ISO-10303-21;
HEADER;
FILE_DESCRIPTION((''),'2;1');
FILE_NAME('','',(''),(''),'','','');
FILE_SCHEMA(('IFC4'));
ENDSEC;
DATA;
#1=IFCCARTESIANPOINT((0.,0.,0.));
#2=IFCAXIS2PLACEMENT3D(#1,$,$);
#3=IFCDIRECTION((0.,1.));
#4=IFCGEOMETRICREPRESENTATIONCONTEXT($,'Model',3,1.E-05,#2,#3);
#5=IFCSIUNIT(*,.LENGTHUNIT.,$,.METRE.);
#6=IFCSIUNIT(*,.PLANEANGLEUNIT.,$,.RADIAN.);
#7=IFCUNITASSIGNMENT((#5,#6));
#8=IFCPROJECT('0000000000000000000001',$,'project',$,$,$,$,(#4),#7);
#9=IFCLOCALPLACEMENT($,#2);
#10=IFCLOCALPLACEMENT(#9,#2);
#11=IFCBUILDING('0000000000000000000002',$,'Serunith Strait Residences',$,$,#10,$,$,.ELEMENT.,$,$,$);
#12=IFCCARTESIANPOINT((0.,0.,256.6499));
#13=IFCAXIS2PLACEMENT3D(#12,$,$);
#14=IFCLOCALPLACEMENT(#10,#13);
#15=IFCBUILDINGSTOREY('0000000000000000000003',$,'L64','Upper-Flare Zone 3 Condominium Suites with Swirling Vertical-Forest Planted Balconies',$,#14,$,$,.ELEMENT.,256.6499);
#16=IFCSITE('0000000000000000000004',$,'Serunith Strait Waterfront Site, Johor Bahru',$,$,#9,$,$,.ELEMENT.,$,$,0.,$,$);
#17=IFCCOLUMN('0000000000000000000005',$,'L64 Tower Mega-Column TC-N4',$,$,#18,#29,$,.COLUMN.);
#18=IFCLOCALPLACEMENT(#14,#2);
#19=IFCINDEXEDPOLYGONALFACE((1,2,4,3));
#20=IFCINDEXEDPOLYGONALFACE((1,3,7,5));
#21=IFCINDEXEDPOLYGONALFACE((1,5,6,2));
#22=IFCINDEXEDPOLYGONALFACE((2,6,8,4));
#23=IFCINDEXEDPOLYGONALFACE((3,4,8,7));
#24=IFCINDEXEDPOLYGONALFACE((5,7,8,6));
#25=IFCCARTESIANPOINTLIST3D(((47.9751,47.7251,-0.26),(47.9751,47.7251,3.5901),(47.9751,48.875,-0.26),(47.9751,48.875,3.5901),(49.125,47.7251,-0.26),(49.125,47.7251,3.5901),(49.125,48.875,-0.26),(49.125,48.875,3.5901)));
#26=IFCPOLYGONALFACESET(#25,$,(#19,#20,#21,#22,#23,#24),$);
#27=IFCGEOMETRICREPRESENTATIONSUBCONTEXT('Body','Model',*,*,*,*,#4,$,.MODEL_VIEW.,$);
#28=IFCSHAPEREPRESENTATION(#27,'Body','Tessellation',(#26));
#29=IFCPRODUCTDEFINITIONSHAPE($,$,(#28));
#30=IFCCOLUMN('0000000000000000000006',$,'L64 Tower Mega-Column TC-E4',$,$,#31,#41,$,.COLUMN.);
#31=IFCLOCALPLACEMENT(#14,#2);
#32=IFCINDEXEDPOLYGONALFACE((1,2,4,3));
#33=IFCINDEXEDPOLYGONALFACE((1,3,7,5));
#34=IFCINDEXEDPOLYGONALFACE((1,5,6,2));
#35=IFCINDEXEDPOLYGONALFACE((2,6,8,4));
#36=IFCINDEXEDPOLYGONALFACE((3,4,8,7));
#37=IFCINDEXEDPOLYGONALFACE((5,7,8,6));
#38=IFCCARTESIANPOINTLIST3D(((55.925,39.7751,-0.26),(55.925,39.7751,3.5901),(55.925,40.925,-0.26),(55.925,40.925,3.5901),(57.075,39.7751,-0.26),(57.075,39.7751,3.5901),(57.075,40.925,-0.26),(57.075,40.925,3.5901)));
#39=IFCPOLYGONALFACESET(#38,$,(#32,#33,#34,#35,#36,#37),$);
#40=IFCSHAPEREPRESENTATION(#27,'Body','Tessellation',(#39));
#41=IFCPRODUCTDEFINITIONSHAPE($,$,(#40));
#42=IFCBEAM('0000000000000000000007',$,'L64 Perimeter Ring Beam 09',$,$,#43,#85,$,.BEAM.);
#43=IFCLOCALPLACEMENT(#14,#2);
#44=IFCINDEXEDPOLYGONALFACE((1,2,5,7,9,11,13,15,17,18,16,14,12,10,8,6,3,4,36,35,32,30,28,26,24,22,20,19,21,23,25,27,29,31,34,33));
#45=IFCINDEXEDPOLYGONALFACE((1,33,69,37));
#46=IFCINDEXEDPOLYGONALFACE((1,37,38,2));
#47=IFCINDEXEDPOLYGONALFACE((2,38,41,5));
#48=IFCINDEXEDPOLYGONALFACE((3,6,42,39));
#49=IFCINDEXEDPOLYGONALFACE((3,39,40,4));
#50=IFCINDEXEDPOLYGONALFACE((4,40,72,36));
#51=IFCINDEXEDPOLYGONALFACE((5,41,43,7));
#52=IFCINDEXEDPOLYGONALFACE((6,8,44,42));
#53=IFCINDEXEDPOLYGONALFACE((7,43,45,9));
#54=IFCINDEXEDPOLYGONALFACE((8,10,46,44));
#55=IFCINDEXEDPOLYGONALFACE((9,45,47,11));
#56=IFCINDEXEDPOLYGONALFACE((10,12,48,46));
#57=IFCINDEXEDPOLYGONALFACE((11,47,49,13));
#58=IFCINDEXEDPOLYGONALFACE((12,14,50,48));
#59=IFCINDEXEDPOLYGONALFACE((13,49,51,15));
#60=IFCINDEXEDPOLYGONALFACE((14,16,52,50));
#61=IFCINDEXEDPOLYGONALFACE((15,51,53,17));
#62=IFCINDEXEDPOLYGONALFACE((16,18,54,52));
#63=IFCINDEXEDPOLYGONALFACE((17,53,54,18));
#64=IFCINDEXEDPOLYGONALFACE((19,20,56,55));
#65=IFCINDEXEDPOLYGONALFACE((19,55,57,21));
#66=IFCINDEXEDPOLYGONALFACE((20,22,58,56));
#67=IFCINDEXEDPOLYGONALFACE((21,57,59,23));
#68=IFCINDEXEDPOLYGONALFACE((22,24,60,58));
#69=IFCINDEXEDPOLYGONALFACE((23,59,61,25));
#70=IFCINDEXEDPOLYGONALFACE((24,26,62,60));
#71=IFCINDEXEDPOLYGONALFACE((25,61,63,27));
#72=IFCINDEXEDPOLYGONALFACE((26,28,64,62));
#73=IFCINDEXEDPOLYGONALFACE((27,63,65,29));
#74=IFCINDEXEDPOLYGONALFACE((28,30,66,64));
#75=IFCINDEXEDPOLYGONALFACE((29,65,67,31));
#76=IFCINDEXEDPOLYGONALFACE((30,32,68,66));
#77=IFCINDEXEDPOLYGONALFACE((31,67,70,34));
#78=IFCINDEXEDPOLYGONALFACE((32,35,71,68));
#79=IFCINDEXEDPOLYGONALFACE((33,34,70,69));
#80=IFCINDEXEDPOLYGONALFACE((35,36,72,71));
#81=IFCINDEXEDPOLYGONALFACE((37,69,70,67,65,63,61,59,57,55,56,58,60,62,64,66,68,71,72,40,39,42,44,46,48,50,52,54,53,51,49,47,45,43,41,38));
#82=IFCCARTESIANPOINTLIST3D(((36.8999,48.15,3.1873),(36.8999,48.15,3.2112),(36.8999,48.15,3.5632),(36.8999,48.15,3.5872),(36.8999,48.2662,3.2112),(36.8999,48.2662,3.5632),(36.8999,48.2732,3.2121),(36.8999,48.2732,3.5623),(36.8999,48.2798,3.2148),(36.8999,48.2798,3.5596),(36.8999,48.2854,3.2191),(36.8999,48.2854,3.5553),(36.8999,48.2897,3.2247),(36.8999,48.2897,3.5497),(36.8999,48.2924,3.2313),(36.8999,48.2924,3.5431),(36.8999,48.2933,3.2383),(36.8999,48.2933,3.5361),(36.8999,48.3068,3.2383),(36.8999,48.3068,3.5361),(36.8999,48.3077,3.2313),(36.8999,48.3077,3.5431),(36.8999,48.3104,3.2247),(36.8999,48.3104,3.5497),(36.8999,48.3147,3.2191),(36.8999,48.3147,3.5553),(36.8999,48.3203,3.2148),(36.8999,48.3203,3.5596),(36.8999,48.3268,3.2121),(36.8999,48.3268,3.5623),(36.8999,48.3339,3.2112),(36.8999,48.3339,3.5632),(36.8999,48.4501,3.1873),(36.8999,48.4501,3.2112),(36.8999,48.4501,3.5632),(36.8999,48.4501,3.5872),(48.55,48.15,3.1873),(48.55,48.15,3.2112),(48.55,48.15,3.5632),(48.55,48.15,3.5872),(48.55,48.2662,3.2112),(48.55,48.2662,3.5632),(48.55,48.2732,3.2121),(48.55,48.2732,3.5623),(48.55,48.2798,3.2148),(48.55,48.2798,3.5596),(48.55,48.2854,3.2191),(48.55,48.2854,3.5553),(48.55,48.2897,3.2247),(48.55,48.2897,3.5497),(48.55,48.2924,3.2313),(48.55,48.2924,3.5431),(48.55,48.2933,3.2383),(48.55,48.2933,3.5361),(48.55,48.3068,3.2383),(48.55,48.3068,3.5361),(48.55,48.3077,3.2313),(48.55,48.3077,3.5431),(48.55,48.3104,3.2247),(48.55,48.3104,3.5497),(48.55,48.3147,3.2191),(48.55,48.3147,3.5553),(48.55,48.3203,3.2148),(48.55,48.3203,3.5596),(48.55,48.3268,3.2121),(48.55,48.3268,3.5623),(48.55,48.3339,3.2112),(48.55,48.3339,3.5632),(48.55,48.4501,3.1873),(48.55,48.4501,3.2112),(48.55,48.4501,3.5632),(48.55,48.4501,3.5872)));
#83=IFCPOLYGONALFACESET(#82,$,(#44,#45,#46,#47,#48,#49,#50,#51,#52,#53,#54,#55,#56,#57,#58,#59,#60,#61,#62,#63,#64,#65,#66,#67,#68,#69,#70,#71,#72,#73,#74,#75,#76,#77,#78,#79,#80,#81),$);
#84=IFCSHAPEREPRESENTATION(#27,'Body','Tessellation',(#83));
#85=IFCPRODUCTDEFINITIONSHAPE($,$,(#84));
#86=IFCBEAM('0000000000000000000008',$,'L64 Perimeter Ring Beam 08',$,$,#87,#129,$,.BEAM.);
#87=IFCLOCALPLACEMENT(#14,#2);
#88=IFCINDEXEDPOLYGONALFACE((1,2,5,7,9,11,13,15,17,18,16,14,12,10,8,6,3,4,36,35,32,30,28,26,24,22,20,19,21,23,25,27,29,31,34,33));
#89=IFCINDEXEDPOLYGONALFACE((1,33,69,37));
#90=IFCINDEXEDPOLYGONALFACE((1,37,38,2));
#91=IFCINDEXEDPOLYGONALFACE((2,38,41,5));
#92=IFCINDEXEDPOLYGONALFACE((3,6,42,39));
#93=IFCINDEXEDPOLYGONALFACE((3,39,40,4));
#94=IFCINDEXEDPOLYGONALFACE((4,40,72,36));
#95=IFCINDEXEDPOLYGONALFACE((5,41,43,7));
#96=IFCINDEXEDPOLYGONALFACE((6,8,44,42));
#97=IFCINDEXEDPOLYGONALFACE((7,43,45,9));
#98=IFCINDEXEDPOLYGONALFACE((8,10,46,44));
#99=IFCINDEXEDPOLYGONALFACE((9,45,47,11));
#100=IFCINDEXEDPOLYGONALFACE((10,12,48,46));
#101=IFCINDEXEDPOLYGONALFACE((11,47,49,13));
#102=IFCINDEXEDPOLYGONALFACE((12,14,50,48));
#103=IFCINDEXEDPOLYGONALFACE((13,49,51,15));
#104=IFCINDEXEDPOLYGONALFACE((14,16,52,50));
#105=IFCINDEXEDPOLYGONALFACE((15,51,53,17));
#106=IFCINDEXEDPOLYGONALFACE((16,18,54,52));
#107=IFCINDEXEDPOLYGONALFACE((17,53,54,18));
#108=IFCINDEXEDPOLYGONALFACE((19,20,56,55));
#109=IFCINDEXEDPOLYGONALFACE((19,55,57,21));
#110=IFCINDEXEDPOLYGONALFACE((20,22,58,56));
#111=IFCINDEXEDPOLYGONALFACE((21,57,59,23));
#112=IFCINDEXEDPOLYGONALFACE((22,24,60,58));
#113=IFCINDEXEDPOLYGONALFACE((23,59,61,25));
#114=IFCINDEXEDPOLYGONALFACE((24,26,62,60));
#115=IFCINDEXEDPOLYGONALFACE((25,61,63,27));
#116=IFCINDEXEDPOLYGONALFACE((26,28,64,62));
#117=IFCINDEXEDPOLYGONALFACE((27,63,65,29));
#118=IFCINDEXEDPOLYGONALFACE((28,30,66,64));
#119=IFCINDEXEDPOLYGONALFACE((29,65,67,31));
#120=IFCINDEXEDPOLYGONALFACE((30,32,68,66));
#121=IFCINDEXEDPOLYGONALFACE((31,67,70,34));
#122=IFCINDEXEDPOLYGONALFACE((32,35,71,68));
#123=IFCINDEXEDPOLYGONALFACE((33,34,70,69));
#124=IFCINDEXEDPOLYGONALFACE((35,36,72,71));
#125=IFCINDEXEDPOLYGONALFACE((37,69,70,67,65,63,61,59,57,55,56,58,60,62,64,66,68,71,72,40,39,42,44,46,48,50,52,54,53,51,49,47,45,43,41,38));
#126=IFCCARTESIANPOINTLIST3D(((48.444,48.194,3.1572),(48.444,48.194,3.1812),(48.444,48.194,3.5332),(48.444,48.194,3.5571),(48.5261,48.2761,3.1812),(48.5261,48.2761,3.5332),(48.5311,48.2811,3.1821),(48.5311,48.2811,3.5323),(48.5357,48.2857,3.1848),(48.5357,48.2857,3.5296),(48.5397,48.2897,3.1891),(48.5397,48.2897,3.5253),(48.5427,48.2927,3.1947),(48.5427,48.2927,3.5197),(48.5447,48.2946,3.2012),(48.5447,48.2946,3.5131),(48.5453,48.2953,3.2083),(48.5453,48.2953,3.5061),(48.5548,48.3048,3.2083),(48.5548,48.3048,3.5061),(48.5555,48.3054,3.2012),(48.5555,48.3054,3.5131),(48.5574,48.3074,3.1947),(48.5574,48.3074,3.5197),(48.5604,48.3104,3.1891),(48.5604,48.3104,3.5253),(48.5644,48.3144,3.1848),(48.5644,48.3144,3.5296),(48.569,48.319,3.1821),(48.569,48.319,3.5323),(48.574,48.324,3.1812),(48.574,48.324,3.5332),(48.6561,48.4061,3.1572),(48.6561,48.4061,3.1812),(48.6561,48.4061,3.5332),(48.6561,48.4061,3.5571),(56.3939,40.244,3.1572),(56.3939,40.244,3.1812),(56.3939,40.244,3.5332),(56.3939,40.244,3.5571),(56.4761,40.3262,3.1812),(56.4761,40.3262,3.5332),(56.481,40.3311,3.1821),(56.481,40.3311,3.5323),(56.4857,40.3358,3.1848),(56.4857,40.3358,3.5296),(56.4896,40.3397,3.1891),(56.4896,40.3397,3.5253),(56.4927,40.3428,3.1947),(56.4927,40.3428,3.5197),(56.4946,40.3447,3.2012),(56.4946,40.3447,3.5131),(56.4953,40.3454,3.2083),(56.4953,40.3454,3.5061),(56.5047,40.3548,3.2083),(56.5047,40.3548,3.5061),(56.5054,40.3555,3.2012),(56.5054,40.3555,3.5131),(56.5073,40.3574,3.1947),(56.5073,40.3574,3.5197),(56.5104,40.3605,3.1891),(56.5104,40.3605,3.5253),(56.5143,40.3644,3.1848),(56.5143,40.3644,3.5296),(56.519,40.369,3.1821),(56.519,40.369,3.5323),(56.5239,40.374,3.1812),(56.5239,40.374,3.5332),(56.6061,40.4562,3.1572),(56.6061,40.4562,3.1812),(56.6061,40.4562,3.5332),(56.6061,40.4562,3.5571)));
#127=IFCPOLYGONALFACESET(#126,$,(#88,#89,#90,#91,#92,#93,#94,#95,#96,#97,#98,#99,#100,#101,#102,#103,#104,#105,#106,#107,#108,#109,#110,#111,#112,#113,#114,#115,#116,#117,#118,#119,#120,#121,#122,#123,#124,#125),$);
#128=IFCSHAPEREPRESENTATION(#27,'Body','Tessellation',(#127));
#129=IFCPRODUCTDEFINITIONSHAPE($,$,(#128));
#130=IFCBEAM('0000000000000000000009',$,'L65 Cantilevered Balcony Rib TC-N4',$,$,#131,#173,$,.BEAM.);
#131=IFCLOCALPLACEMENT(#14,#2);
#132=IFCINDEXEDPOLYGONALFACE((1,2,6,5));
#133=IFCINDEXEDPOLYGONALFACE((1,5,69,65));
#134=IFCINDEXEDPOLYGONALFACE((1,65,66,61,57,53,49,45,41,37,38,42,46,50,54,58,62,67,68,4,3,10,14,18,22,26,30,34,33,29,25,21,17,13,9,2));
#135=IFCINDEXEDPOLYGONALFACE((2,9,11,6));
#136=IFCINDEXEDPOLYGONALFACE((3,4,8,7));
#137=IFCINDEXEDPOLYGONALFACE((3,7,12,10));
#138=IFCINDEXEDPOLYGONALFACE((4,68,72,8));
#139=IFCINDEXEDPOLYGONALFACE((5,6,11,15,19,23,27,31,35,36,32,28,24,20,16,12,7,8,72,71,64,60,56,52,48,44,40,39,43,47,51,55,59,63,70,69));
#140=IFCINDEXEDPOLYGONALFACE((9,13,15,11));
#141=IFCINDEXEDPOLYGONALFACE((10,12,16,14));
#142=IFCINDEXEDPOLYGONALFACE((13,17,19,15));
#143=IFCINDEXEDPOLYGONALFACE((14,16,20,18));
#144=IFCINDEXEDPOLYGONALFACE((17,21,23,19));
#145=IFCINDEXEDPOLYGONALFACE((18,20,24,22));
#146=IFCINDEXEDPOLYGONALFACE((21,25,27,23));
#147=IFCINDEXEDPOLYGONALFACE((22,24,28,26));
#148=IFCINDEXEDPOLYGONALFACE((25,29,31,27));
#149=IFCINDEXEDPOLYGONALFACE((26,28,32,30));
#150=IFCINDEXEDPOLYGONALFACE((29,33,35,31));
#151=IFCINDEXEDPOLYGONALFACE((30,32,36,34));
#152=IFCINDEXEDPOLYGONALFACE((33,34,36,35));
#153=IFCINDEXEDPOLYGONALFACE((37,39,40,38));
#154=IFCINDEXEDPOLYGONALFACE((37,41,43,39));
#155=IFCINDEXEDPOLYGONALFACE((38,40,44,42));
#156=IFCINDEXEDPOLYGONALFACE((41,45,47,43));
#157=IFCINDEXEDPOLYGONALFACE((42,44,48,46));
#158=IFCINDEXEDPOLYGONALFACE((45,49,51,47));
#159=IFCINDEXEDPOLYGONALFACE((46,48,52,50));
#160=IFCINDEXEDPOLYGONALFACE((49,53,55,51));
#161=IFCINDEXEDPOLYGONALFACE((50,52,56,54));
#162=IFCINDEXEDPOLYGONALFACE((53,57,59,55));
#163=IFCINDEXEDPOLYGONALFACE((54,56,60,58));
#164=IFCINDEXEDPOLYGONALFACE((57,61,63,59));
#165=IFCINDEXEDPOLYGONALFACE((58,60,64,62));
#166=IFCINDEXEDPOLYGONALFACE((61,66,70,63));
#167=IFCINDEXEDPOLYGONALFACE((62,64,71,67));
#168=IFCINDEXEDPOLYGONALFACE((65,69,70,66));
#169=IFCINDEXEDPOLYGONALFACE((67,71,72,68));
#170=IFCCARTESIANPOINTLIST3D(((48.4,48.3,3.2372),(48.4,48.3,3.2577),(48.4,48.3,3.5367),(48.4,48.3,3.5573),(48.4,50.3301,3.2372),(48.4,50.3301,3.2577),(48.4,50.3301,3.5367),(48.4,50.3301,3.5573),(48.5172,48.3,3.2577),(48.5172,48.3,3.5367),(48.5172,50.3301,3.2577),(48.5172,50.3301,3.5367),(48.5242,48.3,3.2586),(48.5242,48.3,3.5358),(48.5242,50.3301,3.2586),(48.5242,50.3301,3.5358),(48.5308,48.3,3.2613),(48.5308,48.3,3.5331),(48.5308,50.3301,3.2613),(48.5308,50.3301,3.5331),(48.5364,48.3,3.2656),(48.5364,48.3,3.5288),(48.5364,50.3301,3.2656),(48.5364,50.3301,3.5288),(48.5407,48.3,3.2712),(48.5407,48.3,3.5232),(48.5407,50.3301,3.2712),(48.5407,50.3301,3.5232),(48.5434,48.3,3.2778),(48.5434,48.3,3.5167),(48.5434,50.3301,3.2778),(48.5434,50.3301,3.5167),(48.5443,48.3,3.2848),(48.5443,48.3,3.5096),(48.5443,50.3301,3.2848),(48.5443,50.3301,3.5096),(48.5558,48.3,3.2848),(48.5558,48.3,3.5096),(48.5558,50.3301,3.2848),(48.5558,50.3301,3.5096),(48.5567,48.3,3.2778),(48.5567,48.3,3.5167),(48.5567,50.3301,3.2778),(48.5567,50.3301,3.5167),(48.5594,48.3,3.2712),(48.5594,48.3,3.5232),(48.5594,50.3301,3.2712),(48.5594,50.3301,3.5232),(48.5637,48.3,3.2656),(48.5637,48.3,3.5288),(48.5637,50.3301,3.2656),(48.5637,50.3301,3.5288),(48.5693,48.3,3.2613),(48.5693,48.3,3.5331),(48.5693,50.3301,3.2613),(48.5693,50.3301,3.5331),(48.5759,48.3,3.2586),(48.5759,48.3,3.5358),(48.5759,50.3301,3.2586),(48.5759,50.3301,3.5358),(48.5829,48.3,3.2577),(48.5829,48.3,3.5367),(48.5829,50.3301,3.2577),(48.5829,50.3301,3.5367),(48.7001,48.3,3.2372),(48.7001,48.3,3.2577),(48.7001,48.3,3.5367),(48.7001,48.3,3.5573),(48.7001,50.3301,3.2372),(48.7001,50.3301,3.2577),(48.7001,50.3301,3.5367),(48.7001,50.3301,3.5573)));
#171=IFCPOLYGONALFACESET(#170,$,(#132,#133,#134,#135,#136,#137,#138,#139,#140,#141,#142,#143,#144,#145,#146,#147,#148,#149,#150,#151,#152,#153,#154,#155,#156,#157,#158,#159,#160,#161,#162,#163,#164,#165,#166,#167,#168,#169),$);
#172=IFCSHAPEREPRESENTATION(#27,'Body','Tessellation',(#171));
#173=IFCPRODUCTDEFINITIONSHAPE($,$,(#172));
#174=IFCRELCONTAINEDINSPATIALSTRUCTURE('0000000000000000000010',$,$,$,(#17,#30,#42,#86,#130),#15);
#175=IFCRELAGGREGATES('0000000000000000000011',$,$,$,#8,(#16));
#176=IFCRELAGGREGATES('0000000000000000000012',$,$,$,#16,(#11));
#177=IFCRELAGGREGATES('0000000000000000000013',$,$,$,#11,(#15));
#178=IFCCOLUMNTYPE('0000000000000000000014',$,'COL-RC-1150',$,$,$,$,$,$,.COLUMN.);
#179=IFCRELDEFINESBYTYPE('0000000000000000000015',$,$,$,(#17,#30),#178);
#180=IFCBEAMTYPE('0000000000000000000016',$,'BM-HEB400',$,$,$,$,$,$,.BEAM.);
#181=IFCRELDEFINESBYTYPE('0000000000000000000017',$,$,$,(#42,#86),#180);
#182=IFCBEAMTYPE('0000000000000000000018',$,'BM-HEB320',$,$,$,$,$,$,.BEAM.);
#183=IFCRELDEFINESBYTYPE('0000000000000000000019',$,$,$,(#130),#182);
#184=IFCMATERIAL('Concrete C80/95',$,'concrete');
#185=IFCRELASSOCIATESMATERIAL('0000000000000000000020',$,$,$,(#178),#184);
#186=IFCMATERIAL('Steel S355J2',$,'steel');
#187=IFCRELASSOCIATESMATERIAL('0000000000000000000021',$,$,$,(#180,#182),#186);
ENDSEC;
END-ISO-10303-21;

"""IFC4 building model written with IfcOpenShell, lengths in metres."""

from ifc_helpers import new_model, si_unit, direction, frame, origin, origin_2d, place, context, subcontext, project, spatial, rectangle, i_section, extrude, source, transform, mapped, material, material_profile, profile_set, type_object, element, save


model = new_model("IFC4")

# Units and contexts
model_context = context("Model", 3, precision=1e-05, world=origin(), true_north=direction((0.0, 1.0)))
body_context = subcontext(model_context, "Body", "Model", "MODEL_VIEW")
ifc_project = project(units=[si_unit("LENGTHUNIT", "METRE"), si_unit("PLANEANGLEUNIT", "RADIAN")], contexts=[model_context])

# Site, building, storey
site_placement = place(None, origin())
site = spatial("IfcSite", under=ifc_project, at=site_placement, Name="Serunith Strait Waterfront Site, Johor Bahru", CompositionType="ELEMENT", RefElevation=0.0)
building_placement = place(site_placement, origin())
building = spatial("IfcBuilding", under=site, at=building_placement, Name="Serunith Strait Residences", CompositionType="ELEMENT")
storey_placement = place(building_placement, frame((0.0, 0.0, 256.6499)))
storey = spatial("IfcBuildingStorey", under=building, at=storey_placement, Name="L64", Description="Upper-Flare Zone 3 Condominium Suites with Swirling Vertical-Forest Planted Balconies", CompositionType="ELEMENT", Elevation=256.6499)

# Columns
ifc_material_1 = material(Name="Concrete C80/95", Category="concrete")
ifc_material_profile_1 = material_profile(ifc_material_1, rectangle(XDim=1.1499, YDim=1.1499, at=origin_2d()), Name="RC 1150x1150")
ifc_profile_set_1 = profile_set([ifc_material_profile_1], Name="Concrete C80/95")
column_type = type_object("IfcColumnType", Name="COL-RC-1150", PredefinedType="COLUMN", material=ifc_profile_set_1)
shared_shape_1 = source(origin(), body_context, "Body", "SweptSolid", [
    extrude(rectangle(XDim=1.1499, YDim=1.1499, at=origin_2d()), origin(), (0.0, 0.0, 1.0), 3.8501),
])
for number, where, z_axis, x_axis, name in (
    (1, (48.55, 48.3, -0.26), (0.0, 0.0, 1.0), (1.0, 0.0, 0.0), "L64 Tower Mega-Column TC-N4"),
    (2, (56.5, 40.3501, -0.26), (0.0, 0.0, 1.0), (1.0, 0.0, 0.0), "L64 Tower Mega-Column TC-E4"),
):
    element("IfcColumn", number, at=place(storey_placement, frame(where, z_axis=z_axis, x_axis=x_axis)), inside=storey, type_object=column_type, Name=name, PredefinedType="COLUMN", context=body_context, shape_type="MappedRepresentation", body=[
        mapped(shared_shape_1, transform((0.0, 0.0, 0.0), scale=1.0)),
    ])

# Beams
ifc_material_2 = material(Name="Steel S355J2", Category="steel")
ifc_material_profile_2 = material_profile(ifc_material_2, i_section(OverallWidth=0.3, OverallDepth=0.3999, WebThickness=0.0134, FlangeThickness=0.0239, FilletRadius=0.0271, at=origin_2d()), Name="HEB 400")
ifc_profile_set_2 = profile_set([ifc_material_profile_2], Name="Steel S355J2")
beam_type_1 = type_object("IfcBeamType", Name="BM-HEB400", PredefinedType="BEAM", material=ifc_profile_set_2)
shared_shape_2 = source(origin(), body_context, "Body", "SweptSolid", [
    extrude(i_section(OverallWidth=0.3, OverallDepth=0.3999, WebThickness=0.0134, FlangeThickness=0.0239, FilletRadius=0.0271, at=origin_2d()), origin(), (0.0, 0.0, 1.0), 11.6501),
])
beam_1_placement = place(storey_placement, frame((48.55, 48.3, 3.3872), z_axis=(-1.0, 0.0, 0.0), x_axis=(0.0, -1.0, 0.0)))
element("IfcBeam", 3, at=beam_1_placement, inside=storey, type_object=beam_type_1, Name="L64 Perimeter Ring Beam 09", PredefinedType="BEAM", context=body_context, shape_type="MappedRepresentation", body=[
    mapped(shared_shape_2, transform((0.0, 0.0, 0.0), scale=1.0)),
])
shared_shape_3 = source(origin(), body_context, "Body", "SweptSolid", [
    extrude(i_section(OverallWidth=0.3, OverallDepth=0.3999, WebThickness=0.0134, FlangeThickness=0.0239, FilletRadius=0.0271, at=origin_2d()), origin(), (0.0, 0.0, 1.0), 11.2429),
])
beam_2_placement = place(storey_placement, frame((56.5, 40.3501, 3.3572), z_axis=(-0.707107, 0.707107, 0.0), x_axis=(-0.707107, -0.707107, 0.0)))
element("IfcBeam", 4, at=beam_2_placement, inside=storey, type_object=beam_type_1, Name="L64 Perimeter Ring Beam 08", PredefinedType="BEAM", context=body_context, shape_type="MappedRepresentation", body=[
    mapped(shared_shape_3, transform((0.0, 0.0, 0.0), scale=1.0)),
])
ifc_material_profile_3 = material_profile(ifc_material_2, i_section(OverallWidth=0.3, OverallDepth=0.3201, WebThickness=0.0115, FlangeThickness=0.0205, FilletRadius=0.0271, at=origin_2d()), Name="HEB 320")
ifc_profile_set_3 = profile_set([ifc_material_profile_3], Name="Steel S355J2")
beam_type_2 = type_object("IfcBeamType", Name="BM-HEB320", PredefinedType="BEAM", material=ifc_profile_set_3)
shared_shape_4 = source(origin(), body_context, "Body", "SweptSolid", [
    extrude(i_section(OverallWidth=0.3, OverallDepth=0.3201, WebThickness=0.0115, FlangeThickness=0.0205, FilletRadius=0.0271, at=origin_2d()), origin(), (0.0, 0.0, 1.0), 2.03),
])
beam_3_placement = place(storey_placement, frame((48.55, 48.3, 3.3972), z_axis=(0.0, 1.0, 0.0), x_axis=(-1.0, 0.0, 0.0)))
element("IfcBeam", 5, at=beam_3_placement, inside=storey, type_object=beam_type_2, Name="L65 Cantilevered Balcony Rib TC-N4", PredefinedType="BEAM", context=body_context, shape_type="MappedRepresentation", body=[
    mapped(shared_shape_4, transform((0.0, 0.0, 0.0), scale=1.0)),
])

save(model, "model.ifc")
